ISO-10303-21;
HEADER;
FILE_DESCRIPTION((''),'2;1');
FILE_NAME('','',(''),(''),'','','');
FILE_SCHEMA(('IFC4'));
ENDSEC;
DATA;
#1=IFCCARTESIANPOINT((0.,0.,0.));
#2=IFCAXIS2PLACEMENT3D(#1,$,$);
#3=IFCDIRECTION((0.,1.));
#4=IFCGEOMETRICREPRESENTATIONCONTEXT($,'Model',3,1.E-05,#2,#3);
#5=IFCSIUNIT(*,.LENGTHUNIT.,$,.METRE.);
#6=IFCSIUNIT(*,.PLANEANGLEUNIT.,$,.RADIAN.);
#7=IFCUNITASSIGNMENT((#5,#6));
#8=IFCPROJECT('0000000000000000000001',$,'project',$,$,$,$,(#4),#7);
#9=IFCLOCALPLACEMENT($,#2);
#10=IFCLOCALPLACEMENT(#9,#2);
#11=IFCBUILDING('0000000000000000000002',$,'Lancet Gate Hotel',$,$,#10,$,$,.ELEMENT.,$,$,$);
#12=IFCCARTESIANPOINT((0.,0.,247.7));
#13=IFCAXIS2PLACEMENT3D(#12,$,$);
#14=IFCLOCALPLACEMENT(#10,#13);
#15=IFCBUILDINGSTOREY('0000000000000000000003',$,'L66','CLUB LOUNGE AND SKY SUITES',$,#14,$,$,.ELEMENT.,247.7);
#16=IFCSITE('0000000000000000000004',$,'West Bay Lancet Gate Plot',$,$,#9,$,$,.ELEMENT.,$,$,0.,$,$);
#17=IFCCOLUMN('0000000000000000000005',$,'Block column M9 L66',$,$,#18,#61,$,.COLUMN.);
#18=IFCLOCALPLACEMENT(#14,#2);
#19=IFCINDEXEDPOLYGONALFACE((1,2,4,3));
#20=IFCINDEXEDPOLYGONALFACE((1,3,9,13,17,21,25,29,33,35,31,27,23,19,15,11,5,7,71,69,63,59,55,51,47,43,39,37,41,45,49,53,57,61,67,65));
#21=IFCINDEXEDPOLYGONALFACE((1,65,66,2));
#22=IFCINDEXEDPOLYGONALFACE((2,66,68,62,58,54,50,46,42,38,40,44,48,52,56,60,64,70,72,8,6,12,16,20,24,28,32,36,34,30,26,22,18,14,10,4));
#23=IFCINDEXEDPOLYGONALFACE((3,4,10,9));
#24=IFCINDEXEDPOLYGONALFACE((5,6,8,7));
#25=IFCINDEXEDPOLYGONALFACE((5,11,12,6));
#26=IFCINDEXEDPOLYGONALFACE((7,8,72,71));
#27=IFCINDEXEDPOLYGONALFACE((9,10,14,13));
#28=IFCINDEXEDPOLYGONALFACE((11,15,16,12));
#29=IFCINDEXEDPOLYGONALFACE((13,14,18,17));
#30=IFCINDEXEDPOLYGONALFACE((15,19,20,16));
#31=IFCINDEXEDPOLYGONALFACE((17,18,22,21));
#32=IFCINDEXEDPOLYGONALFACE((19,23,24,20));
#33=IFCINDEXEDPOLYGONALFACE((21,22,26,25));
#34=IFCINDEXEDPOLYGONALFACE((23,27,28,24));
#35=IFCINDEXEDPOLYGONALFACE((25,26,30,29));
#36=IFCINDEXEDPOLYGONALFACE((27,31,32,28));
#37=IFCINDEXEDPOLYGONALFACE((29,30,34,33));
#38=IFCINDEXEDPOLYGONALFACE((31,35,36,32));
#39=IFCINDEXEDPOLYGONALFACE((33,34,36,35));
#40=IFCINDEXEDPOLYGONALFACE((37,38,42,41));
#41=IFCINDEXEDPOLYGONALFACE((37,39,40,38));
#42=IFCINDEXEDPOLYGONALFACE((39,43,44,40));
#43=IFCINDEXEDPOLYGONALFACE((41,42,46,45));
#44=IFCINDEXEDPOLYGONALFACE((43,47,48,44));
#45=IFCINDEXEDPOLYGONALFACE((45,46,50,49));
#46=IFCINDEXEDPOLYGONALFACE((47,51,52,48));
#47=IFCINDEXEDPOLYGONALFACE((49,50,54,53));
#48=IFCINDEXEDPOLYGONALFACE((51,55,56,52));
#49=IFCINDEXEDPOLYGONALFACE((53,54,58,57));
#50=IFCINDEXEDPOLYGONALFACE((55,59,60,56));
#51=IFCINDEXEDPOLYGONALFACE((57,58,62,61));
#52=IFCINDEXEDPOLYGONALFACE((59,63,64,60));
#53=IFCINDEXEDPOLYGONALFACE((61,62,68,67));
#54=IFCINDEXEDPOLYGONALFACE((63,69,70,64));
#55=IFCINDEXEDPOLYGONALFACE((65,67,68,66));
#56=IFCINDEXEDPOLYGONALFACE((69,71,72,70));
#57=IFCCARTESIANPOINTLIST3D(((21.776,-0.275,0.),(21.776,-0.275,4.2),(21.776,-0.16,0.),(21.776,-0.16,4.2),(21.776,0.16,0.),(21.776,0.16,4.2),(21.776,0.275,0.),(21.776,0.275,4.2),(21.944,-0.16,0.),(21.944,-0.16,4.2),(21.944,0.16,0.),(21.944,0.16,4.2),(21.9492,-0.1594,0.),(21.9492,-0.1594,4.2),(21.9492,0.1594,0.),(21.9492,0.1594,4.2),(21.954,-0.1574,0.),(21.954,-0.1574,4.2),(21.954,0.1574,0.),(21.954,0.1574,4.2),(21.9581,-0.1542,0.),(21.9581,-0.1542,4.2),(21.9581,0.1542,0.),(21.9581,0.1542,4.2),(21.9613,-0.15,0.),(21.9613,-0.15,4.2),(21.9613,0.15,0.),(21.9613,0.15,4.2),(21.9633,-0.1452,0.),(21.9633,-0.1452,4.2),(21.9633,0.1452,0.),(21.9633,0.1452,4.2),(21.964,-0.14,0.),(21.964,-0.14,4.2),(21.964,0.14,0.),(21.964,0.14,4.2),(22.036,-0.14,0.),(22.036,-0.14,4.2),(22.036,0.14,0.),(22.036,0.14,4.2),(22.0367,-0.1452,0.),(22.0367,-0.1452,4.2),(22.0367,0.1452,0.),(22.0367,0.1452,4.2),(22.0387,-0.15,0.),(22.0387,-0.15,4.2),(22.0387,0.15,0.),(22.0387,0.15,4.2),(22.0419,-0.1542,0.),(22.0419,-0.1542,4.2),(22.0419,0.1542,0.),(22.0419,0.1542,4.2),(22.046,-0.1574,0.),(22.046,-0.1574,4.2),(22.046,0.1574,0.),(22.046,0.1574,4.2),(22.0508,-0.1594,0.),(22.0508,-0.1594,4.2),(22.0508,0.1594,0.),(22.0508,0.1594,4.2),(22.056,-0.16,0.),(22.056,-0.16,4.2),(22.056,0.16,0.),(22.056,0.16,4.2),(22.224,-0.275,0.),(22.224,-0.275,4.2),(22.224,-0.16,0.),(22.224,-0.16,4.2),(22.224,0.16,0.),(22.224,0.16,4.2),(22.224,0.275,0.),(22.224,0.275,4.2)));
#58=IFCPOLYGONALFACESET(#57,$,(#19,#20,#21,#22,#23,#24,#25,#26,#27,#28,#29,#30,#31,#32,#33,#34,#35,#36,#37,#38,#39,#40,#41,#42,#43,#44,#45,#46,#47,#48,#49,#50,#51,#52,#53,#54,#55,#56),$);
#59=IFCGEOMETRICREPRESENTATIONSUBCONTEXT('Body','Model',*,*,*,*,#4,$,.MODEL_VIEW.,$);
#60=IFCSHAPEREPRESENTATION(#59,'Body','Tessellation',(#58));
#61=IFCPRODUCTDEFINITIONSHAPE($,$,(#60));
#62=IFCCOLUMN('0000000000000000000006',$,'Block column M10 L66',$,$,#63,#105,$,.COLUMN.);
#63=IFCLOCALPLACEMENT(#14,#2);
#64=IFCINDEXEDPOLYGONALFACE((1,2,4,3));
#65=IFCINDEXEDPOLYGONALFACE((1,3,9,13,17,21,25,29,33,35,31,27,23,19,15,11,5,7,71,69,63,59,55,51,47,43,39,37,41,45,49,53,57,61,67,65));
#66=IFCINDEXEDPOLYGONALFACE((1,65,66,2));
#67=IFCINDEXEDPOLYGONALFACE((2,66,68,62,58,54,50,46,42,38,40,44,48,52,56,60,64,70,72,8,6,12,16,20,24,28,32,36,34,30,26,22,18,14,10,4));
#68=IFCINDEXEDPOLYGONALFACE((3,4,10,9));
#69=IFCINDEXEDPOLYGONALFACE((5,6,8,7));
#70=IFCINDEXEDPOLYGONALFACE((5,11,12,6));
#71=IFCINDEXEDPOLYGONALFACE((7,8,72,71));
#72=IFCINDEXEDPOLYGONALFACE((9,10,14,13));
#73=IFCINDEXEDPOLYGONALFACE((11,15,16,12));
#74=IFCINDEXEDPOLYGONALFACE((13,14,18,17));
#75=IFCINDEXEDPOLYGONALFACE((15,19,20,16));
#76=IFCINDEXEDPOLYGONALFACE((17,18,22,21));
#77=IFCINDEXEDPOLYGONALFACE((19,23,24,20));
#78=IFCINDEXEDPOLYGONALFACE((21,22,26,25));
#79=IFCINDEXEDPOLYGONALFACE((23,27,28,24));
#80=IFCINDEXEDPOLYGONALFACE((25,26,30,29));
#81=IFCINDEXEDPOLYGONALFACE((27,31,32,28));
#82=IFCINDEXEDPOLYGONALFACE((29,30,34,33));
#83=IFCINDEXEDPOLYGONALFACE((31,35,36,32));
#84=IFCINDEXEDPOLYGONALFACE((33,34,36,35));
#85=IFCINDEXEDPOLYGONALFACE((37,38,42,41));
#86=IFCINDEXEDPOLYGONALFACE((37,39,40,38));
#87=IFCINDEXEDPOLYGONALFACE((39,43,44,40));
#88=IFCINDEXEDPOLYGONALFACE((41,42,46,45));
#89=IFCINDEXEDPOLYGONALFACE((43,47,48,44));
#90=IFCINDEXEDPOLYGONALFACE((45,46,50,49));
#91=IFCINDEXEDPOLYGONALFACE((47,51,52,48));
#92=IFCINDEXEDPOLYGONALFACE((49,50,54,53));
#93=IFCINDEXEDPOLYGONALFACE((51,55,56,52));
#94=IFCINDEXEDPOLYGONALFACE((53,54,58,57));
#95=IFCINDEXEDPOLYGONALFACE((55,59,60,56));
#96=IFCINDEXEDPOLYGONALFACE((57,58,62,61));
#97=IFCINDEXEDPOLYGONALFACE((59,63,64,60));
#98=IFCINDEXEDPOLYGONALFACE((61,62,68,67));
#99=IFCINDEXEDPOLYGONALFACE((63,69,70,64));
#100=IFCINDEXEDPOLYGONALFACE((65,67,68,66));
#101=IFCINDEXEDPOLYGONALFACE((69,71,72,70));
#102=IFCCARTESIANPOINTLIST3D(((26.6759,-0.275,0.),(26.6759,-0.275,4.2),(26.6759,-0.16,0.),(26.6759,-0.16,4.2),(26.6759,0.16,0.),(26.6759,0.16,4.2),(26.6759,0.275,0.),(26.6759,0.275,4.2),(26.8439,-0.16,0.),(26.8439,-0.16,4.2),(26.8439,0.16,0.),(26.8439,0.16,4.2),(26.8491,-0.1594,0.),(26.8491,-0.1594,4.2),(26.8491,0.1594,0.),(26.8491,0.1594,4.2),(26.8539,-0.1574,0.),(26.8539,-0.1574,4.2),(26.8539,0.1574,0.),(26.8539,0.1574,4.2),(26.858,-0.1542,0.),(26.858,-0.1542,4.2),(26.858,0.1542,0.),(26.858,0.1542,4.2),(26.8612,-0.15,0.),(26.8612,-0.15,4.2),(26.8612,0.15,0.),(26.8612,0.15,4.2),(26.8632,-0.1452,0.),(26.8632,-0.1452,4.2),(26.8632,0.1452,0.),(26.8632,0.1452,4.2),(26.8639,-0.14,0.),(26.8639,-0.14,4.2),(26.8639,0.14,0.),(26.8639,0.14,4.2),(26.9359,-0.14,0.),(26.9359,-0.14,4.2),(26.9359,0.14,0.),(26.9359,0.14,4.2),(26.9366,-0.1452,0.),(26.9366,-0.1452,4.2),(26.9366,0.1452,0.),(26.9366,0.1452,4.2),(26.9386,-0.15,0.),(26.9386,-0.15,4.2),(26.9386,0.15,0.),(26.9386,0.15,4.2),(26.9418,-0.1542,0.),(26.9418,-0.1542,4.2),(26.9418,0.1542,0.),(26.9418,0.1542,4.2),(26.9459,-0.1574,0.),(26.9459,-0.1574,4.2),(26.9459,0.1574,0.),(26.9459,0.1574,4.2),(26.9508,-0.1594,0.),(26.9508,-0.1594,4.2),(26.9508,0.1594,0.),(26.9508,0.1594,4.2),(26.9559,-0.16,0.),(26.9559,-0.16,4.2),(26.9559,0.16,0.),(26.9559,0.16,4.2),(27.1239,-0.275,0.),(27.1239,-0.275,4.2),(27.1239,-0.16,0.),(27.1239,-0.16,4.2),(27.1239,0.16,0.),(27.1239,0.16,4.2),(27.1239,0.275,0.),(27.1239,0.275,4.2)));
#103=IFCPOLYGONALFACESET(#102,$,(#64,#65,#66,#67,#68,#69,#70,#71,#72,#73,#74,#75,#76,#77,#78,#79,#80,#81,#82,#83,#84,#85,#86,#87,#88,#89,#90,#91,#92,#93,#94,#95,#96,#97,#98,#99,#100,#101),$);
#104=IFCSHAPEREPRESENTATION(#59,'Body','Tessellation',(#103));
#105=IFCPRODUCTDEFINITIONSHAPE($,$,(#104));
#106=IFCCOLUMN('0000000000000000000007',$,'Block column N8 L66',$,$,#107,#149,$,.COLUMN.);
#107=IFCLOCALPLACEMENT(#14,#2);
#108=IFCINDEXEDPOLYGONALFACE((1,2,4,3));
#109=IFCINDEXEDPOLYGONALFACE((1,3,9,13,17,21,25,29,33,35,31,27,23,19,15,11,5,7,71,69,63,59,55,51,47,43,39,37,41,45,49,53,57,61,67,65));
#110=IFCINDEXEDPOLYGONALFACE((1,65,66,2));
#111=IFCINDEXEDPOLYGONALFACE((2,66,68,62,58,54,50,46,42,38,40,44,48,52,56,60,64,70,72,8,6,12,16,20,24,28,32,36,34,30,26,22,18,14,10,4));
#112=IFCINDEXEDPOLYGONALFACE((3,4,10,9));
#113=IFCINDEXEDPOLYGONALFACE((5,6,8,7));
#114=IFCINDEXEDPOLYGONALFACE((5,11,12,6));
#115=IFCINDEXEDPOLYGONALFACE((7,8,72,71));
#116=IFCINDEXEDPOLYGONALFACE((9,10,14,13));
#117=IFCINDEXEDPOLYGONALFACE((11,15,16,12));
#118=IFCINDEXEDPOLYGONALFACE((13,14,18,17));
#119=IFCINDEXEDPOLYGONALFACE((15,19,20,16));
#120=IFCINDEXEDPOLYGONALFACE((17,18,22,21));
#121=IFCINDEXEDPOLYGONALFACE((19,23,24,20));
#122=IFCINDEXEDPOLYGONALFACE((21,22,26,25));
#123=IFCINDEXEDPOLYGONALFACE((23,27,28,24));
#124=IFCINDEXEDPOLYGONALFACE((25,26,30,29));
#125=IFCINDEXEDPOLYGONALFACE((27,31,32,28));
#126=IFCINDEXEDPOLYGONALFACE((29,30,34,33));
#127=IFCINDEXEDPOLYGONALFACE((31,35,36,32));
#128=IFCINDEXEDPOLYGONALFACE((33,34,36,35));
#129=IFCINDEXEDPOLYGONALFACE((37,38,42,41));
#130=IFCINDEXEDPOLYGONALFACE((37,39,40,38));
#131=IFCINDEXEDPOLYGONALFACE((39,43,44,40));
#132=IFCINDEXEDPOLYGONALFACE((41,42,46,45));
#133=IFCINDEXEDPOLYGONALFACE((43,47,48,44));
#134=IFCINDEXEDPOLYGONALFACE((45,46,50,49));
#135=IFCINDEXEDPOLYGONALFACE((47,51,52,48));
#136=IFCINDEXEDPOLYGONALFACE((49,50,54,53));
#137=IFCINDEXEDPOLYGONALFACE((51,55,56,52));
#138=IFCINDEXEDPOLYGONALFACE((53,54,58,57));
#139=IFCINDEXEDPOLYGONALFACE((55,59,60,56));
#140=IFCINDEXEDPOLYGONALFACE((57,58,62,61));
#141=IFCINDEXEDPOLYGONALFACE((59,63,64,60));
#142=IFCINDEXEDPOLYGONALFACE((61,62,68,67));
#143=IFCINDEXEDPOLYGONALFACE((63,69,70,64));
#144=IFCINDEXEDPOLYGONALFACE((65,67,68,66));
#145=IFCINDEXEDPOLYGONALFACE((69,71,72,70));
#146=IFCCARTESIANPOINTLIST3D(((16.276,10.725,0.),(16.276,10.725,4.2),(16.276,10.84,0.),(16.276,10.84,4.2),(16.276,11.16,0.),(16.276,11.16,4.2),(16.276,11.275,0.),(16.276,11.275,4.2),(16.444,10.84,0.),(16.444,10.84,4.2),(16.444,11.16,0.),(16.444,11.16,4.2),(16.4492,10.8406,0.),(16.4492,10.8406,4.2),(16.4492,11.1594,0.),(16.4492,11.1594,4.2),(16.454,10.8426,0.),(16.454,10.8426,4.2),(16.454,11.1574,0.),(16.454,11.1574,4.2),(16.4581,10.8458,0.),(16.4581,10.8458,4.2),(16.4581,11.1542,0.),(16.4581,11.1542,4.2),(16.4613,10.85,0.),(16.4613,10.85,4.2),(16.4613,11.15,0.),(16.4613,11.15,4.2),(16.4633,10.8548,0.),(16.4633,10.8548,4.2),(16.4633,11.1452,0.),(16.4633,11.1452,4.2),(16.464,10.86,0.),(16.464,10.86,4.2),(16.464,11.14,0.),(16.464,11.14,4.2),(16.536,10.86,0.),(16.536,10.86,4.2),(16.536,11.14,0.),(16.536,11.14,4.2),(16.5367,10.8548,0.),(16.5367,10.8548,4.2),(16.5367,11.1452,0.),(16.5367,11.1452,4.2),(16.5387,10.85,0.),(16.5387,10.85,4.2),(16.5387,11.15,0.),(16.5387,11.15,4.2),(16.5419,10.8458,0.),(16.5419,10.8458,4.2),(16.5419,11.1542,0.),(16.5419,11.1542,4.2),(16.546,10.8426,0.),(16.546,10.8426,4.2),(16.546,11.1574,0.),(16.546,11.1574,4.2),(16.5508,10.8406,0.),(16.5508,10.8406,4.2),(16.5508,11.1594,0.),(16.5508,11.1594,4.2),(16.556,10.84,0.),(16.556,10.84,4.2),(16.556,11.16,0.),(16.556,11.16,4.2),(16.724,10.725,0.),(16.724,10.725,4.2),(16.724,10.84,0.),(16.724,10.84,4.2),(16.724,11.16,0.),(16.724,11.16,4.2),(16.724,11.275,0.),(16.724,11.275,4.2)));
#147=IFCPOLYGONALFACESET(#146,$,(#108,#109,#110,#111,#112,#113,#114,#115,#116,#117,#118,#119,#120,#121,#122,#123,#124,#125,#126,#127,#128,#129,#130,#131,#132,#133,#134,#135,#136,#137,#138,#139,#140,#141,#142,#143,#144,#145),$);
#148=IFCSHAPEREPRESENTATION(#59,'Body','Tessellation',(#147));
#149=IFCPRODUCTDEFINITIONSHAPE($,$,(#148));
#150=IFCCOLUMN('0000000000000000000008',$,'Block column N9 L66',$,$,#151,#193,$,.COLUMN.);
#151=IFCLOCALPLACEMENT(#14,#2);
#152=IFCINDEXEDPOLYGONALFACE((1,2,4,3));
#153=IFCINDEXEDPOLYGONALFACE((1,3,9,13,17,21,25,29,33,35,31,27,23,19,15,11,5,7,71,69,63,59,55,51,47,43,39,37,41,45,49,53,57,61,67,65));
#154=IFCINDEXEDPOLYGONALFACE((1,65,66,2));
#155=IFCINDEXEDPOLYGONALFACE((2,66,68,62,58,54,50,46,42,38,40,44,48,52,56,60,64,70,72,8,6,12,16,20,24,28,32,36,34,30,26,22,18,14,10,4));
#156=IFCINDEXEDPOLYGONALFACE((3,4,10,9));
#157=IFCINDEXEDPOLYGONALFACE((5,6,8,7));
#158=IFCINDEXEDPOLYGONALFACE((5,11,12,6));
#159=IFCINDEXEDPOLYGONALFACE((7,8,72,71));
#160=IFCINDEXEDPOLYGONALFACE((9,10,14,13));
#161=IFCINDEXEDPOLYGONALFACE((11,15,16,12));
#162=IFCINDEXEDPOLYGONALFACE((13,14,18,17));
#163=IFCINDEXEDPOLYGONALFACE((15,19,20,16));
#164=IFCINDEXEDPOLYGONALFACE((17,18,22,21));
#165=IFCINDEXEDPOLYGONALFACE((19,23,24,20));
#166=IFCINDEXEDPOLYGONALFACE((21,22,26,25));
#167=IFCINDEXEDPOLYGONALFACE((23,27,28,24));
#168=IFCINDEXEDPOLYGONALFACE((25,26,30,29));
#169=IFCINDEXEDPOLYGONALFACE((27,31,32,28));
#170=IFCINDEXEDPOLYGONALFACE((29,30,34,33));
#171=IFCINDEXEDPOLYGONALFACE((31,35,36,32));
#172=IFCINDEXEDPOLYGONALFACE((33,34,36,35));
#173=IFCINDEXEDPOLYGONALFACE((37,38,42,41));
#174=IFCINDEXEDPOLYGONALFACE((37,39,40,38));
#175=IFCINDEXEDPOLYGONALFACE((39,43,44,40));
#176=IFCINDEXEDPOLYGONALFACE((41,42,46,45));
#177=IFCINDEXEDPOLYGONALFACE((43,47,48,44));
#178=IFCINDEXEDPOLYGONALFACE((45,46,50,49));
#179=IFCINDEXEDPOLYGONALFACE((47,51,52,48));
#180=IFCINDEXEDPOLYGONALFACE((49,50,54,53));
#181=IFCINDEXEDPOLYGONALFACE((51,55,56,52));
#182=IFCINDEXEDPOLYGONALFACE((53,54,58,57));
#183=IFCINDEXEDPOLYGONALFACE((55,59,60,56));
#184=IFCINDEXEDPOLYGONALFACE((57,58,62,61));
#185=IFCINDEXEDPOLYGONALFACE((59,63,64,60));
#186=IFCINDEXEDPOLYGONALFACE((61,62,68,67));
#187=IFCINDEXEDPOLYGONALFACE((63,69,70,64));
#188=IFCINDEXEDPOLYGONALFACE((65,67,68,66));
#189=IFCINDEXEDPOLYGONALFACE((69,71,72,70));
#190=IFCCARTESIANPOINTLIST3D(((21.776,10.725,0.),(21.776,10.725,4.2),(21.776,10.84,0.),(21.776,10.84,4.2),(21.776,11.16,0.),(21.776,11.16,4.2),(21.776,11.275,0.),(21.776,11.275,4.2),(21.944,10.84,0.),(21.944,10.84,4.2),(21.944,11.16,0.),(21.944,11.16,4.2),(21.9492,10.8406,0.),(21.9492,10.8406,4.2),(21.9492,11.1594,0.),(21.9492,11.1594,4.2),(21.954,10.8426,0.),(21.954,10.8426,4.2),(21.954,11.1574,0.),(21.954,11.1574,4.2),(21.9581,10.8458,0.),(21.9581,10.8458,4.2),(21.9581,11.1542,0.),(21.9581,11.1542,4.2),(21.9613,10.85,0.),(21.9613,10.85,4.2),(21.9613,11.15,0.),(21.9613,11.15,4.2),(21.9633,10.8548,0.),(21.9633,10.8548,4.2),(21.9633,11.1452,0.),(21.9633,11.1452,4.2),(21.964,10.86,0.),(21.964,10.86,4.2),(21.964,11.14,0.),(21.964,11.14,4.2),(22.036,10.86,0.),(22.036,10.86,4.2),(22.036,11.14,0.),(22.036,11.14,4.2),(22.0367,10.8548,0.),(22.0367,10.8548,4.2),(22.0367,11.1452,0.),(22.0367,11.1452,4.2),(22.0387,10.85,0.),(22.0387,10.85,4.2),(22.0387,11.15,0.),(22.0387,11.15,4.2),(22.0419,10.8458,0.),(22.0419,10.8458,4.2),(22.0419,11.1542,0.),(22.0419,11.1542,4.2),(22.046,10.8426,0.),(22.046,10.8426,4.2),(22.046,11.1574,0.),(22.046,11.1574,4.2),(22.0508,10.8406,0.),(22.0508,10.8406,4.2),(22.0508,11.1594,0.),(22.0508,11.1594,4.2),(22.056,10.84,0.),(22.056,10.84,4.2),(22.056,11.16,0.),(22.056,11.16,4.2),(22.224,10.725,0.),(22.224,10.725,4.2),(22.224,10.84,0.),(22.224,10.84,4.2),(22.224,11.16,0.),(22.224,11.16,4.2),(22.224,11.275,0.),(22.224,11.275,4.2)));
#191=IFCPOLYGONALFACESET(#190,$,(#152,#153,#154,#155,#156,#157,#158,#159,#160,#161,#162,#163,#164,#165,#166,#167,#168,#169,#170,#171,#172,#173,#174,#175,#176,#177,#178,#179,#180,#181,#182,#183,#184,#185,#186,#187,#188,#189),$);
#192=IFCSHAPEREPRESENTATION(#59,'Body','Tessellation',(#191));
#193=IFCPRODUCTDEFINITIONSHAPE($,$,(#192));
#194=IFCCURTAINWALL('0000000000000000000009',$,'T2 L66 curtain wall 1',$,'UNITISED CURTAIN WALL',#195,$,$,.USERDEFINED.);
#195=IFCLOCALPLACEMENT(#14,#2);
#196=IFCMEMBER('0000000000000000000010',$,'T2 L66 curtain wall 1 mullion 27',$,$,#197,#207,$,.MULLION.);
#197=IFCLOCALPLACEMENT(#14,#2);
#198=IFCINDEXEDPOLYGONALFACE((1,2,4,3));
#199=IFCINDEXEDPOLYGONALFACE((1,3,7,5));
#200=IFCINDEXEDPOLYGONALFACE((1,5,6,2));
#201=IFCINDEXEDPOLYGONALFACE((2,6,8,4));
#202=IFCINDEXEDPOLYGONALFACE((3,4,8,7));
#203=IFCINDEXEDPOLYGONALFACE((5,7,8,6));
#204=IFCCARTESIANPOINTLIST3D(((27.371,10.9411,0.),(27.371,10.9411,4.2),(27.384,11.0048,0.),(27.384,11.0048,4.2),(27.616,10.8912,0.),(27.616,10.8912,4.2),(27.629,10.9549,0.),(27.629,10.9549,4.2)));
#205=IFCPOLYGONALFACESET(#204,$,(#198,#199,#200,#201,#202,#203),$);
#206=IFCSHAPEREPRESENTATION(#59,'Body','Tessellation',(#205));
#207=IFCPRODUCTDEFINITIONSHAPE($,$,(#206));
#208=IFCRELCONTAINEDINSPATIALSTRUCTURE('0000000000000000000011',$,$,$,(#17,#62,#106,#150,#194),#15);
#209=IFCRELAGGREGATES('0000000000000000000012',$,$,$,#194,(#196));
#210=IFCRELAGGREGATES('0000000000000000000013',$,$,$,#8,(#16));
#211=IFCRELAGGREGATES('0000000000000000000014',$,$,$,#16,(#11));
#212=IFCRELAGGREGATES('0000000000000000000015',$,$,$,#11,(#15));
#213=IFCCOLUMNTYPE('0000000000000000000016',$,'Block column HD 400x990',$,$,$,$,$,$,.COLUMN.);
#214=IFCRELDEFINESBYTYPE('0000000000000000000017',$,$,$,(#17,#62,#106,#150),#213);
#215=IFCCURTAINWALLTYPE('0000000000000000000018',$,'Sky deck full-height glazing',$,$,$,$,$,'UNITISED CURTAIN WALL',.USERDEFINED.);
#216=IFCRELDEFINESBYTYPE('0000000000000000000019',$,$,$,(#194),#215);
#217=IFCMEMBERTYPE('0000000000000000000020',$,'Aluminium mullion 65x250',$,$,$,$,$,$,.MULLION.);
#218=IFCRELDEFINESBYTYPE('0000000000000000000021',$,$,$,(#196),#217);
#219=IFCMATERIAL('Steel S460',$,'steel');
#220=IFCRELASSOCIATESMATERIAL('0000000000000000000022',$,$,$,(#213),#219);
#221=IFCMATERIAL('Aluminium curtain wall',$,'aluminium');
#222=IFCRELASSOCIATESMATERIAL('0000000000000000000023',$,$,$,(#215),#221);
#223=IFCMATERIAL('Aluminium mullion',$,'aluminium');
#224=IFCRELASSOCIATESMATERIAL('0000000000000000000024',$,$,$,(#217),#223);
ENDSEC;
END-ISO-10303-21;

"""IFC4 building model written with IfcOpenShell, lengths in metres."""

from ifc_helpers import new_model, si_unit, direction, frame, origin, origin_2d, place, context, subcontext, project, spatial, rectangle, i_section, extrude, material, material_profile, profile_set, type_object, element, aggregate, save


model = new_model("IFC4")

# Units and contexts
model_context = context("Model", 3, precision=1e-05, world=origin(), true_north=direction((0.0, 1.0)))
body_context = subcontext(model_context, "Body", "Model", "MODEL_VIEW")
ifc_project = project(units=[si_unit("LENGTHUNIT", "METRE"), si_unit("PLANEANGLEUNIT", "RADIAN")], contexts=[model_context])

# Site, building, storey
site_placement = place(None, origin())
site = spatial("IfcSite", under=ifc_project, at=site_placement, Name="West Bay Lancet Gate Plot", CompositionType="ELEMENT", RefElevation=0.0)
building_placement = place(site_placement, origin())
building = spatial("IfcBuilding", under=site, at=building_placement, Name="Lancet Gate Hotel", CompositionType="ELEMENT")
storey_placement = place(building_placement, frame((0.0, 0.0, 247.7)))
storey = spatial("IfcBuildingStorey", under=building, at=storey_placement, Name="L66", Description="CLUB LOUNGE AND SKY SUITES", CompositionType="ELEMENT", Elevation=247.7)

# Columns
ifc_material_1 = material(Name="Steel S460", Category="steel")
ifc_material_profile_1 = material_profile(ifc_material_1, i_section(OverallWidth=0.448, OverallDepth=0.55, WebThickness=0.072, FlangeThickness=0.115, FilletRadius=0.02, at=origin_2d()), Name="HD 400x990")
ifc_profile_set_1 = profile_set([ifc_material_profile_1], Name="Steel S460")
column_type = type_object("IfcColumnType", Name="Block column HD 400x990", PredefinedType="COLUMN", material=ifc_profile_set_1)
for number, where, z_axis, x_axis, name in (
    (1, (22.0, 0.0, 0.0), (0.0, 0.0, 1.0), (1.0, 0.0, 0.0), "Block column M9 L66"),
    (2, (26.8999, 0.0, 0.0), (0.0, 0.0, 1.0), (1.0, 0.0, 0.0), "Block column M10 L66"),
    (3, (16.5, 11.0, 0.0), (0.0, 0.0, 1.0), (1.0, 0.0, 0.0), "Block column N8 L66"),
    (4, (22.0, 11.0, 0.0), (0.0, 0.0, 1.0), (1.0, 0.0, 0.0), "Block column N9 L66"),
):
    element("IfcColumn", number, at=place(storey_placement, frame(where, z_axis=z_axis, x_axis=x_axis)), inside=storey, type_object=column_type, Name=name, PredefinedType="COLUMN", context=body_context, shape_type="SweptSolid", body=[
        extrude(i_section(OverallWidth=0.448, OverallDepth=0.55, WebThickness=0.072, FlangeThickness=0.115, FilletRadius=0.02, at=origin_2d()), origin(), (0.0, 0.0, 1.0), 4.2),
    ])

# Curtain wall, member
ifc_material_2 = material(Name="Aluminium curtain wall", Category="aluminium")
curtain_wall_type = type_object("IfcCurtainWallType", Name="Sky deck full-height glazing", ElementType="UNITISED CURTAIN WALL", PredefinedType="USERDEFINED", material=ifc_material_2)
curtain_wall_placement = place(storey_placement, origin())
curtain_wall = element("IfcCurtainWall", 5, at=curtain_wall_placement, inside=storey, type_object=curtain_wall_type, Name="T2 L66 curtain wall 1", ObjectType="UNITISED CURTAIN WALL", PredefinedType="USERDEFINED")
ifc_material_3 = material(Name="Aluminium mullion", Category="aluminium")
ifc_material_profile_2 = material_profile(ifc_material_3, rectangle(XDim=0.0649, YDim=0.25, at=origin_2d()), Name="MULLION 65x250")
ifc_profile_set_2 = profile_set([ifc_material_profile_2], Name="Aluminium mullion")
member_type_1 = type_object("IfcMemberType", Name="Aluminium mullion 65x250", PredefinedType="MULLION", material=ifc_profile_set_2)
member_1_placement = place(storey_placement, frame((27.5, 10.948, 0.0), z_axis=(0.0, 0.0, 1.0), x_axis=(-0.199533, -0.979891, 0.0)))
member_1 = element("IfcMember", 6, at=member_1_placement, type_object=member_type_1, Name="T2 L66 curtain wall 1 mullion 27", PredefinedType="MULLION", context=body_context, shape_type="SweptSolid", body=[
    extrude(rectangle(XDim=0.0649, YDim=0.25, at=origin_2d()), origin(), (0.0, 0.0, 1.0), 4.2),
])
aggregate(curtain_wall, [member_1])

save(model, "model.ifc")
